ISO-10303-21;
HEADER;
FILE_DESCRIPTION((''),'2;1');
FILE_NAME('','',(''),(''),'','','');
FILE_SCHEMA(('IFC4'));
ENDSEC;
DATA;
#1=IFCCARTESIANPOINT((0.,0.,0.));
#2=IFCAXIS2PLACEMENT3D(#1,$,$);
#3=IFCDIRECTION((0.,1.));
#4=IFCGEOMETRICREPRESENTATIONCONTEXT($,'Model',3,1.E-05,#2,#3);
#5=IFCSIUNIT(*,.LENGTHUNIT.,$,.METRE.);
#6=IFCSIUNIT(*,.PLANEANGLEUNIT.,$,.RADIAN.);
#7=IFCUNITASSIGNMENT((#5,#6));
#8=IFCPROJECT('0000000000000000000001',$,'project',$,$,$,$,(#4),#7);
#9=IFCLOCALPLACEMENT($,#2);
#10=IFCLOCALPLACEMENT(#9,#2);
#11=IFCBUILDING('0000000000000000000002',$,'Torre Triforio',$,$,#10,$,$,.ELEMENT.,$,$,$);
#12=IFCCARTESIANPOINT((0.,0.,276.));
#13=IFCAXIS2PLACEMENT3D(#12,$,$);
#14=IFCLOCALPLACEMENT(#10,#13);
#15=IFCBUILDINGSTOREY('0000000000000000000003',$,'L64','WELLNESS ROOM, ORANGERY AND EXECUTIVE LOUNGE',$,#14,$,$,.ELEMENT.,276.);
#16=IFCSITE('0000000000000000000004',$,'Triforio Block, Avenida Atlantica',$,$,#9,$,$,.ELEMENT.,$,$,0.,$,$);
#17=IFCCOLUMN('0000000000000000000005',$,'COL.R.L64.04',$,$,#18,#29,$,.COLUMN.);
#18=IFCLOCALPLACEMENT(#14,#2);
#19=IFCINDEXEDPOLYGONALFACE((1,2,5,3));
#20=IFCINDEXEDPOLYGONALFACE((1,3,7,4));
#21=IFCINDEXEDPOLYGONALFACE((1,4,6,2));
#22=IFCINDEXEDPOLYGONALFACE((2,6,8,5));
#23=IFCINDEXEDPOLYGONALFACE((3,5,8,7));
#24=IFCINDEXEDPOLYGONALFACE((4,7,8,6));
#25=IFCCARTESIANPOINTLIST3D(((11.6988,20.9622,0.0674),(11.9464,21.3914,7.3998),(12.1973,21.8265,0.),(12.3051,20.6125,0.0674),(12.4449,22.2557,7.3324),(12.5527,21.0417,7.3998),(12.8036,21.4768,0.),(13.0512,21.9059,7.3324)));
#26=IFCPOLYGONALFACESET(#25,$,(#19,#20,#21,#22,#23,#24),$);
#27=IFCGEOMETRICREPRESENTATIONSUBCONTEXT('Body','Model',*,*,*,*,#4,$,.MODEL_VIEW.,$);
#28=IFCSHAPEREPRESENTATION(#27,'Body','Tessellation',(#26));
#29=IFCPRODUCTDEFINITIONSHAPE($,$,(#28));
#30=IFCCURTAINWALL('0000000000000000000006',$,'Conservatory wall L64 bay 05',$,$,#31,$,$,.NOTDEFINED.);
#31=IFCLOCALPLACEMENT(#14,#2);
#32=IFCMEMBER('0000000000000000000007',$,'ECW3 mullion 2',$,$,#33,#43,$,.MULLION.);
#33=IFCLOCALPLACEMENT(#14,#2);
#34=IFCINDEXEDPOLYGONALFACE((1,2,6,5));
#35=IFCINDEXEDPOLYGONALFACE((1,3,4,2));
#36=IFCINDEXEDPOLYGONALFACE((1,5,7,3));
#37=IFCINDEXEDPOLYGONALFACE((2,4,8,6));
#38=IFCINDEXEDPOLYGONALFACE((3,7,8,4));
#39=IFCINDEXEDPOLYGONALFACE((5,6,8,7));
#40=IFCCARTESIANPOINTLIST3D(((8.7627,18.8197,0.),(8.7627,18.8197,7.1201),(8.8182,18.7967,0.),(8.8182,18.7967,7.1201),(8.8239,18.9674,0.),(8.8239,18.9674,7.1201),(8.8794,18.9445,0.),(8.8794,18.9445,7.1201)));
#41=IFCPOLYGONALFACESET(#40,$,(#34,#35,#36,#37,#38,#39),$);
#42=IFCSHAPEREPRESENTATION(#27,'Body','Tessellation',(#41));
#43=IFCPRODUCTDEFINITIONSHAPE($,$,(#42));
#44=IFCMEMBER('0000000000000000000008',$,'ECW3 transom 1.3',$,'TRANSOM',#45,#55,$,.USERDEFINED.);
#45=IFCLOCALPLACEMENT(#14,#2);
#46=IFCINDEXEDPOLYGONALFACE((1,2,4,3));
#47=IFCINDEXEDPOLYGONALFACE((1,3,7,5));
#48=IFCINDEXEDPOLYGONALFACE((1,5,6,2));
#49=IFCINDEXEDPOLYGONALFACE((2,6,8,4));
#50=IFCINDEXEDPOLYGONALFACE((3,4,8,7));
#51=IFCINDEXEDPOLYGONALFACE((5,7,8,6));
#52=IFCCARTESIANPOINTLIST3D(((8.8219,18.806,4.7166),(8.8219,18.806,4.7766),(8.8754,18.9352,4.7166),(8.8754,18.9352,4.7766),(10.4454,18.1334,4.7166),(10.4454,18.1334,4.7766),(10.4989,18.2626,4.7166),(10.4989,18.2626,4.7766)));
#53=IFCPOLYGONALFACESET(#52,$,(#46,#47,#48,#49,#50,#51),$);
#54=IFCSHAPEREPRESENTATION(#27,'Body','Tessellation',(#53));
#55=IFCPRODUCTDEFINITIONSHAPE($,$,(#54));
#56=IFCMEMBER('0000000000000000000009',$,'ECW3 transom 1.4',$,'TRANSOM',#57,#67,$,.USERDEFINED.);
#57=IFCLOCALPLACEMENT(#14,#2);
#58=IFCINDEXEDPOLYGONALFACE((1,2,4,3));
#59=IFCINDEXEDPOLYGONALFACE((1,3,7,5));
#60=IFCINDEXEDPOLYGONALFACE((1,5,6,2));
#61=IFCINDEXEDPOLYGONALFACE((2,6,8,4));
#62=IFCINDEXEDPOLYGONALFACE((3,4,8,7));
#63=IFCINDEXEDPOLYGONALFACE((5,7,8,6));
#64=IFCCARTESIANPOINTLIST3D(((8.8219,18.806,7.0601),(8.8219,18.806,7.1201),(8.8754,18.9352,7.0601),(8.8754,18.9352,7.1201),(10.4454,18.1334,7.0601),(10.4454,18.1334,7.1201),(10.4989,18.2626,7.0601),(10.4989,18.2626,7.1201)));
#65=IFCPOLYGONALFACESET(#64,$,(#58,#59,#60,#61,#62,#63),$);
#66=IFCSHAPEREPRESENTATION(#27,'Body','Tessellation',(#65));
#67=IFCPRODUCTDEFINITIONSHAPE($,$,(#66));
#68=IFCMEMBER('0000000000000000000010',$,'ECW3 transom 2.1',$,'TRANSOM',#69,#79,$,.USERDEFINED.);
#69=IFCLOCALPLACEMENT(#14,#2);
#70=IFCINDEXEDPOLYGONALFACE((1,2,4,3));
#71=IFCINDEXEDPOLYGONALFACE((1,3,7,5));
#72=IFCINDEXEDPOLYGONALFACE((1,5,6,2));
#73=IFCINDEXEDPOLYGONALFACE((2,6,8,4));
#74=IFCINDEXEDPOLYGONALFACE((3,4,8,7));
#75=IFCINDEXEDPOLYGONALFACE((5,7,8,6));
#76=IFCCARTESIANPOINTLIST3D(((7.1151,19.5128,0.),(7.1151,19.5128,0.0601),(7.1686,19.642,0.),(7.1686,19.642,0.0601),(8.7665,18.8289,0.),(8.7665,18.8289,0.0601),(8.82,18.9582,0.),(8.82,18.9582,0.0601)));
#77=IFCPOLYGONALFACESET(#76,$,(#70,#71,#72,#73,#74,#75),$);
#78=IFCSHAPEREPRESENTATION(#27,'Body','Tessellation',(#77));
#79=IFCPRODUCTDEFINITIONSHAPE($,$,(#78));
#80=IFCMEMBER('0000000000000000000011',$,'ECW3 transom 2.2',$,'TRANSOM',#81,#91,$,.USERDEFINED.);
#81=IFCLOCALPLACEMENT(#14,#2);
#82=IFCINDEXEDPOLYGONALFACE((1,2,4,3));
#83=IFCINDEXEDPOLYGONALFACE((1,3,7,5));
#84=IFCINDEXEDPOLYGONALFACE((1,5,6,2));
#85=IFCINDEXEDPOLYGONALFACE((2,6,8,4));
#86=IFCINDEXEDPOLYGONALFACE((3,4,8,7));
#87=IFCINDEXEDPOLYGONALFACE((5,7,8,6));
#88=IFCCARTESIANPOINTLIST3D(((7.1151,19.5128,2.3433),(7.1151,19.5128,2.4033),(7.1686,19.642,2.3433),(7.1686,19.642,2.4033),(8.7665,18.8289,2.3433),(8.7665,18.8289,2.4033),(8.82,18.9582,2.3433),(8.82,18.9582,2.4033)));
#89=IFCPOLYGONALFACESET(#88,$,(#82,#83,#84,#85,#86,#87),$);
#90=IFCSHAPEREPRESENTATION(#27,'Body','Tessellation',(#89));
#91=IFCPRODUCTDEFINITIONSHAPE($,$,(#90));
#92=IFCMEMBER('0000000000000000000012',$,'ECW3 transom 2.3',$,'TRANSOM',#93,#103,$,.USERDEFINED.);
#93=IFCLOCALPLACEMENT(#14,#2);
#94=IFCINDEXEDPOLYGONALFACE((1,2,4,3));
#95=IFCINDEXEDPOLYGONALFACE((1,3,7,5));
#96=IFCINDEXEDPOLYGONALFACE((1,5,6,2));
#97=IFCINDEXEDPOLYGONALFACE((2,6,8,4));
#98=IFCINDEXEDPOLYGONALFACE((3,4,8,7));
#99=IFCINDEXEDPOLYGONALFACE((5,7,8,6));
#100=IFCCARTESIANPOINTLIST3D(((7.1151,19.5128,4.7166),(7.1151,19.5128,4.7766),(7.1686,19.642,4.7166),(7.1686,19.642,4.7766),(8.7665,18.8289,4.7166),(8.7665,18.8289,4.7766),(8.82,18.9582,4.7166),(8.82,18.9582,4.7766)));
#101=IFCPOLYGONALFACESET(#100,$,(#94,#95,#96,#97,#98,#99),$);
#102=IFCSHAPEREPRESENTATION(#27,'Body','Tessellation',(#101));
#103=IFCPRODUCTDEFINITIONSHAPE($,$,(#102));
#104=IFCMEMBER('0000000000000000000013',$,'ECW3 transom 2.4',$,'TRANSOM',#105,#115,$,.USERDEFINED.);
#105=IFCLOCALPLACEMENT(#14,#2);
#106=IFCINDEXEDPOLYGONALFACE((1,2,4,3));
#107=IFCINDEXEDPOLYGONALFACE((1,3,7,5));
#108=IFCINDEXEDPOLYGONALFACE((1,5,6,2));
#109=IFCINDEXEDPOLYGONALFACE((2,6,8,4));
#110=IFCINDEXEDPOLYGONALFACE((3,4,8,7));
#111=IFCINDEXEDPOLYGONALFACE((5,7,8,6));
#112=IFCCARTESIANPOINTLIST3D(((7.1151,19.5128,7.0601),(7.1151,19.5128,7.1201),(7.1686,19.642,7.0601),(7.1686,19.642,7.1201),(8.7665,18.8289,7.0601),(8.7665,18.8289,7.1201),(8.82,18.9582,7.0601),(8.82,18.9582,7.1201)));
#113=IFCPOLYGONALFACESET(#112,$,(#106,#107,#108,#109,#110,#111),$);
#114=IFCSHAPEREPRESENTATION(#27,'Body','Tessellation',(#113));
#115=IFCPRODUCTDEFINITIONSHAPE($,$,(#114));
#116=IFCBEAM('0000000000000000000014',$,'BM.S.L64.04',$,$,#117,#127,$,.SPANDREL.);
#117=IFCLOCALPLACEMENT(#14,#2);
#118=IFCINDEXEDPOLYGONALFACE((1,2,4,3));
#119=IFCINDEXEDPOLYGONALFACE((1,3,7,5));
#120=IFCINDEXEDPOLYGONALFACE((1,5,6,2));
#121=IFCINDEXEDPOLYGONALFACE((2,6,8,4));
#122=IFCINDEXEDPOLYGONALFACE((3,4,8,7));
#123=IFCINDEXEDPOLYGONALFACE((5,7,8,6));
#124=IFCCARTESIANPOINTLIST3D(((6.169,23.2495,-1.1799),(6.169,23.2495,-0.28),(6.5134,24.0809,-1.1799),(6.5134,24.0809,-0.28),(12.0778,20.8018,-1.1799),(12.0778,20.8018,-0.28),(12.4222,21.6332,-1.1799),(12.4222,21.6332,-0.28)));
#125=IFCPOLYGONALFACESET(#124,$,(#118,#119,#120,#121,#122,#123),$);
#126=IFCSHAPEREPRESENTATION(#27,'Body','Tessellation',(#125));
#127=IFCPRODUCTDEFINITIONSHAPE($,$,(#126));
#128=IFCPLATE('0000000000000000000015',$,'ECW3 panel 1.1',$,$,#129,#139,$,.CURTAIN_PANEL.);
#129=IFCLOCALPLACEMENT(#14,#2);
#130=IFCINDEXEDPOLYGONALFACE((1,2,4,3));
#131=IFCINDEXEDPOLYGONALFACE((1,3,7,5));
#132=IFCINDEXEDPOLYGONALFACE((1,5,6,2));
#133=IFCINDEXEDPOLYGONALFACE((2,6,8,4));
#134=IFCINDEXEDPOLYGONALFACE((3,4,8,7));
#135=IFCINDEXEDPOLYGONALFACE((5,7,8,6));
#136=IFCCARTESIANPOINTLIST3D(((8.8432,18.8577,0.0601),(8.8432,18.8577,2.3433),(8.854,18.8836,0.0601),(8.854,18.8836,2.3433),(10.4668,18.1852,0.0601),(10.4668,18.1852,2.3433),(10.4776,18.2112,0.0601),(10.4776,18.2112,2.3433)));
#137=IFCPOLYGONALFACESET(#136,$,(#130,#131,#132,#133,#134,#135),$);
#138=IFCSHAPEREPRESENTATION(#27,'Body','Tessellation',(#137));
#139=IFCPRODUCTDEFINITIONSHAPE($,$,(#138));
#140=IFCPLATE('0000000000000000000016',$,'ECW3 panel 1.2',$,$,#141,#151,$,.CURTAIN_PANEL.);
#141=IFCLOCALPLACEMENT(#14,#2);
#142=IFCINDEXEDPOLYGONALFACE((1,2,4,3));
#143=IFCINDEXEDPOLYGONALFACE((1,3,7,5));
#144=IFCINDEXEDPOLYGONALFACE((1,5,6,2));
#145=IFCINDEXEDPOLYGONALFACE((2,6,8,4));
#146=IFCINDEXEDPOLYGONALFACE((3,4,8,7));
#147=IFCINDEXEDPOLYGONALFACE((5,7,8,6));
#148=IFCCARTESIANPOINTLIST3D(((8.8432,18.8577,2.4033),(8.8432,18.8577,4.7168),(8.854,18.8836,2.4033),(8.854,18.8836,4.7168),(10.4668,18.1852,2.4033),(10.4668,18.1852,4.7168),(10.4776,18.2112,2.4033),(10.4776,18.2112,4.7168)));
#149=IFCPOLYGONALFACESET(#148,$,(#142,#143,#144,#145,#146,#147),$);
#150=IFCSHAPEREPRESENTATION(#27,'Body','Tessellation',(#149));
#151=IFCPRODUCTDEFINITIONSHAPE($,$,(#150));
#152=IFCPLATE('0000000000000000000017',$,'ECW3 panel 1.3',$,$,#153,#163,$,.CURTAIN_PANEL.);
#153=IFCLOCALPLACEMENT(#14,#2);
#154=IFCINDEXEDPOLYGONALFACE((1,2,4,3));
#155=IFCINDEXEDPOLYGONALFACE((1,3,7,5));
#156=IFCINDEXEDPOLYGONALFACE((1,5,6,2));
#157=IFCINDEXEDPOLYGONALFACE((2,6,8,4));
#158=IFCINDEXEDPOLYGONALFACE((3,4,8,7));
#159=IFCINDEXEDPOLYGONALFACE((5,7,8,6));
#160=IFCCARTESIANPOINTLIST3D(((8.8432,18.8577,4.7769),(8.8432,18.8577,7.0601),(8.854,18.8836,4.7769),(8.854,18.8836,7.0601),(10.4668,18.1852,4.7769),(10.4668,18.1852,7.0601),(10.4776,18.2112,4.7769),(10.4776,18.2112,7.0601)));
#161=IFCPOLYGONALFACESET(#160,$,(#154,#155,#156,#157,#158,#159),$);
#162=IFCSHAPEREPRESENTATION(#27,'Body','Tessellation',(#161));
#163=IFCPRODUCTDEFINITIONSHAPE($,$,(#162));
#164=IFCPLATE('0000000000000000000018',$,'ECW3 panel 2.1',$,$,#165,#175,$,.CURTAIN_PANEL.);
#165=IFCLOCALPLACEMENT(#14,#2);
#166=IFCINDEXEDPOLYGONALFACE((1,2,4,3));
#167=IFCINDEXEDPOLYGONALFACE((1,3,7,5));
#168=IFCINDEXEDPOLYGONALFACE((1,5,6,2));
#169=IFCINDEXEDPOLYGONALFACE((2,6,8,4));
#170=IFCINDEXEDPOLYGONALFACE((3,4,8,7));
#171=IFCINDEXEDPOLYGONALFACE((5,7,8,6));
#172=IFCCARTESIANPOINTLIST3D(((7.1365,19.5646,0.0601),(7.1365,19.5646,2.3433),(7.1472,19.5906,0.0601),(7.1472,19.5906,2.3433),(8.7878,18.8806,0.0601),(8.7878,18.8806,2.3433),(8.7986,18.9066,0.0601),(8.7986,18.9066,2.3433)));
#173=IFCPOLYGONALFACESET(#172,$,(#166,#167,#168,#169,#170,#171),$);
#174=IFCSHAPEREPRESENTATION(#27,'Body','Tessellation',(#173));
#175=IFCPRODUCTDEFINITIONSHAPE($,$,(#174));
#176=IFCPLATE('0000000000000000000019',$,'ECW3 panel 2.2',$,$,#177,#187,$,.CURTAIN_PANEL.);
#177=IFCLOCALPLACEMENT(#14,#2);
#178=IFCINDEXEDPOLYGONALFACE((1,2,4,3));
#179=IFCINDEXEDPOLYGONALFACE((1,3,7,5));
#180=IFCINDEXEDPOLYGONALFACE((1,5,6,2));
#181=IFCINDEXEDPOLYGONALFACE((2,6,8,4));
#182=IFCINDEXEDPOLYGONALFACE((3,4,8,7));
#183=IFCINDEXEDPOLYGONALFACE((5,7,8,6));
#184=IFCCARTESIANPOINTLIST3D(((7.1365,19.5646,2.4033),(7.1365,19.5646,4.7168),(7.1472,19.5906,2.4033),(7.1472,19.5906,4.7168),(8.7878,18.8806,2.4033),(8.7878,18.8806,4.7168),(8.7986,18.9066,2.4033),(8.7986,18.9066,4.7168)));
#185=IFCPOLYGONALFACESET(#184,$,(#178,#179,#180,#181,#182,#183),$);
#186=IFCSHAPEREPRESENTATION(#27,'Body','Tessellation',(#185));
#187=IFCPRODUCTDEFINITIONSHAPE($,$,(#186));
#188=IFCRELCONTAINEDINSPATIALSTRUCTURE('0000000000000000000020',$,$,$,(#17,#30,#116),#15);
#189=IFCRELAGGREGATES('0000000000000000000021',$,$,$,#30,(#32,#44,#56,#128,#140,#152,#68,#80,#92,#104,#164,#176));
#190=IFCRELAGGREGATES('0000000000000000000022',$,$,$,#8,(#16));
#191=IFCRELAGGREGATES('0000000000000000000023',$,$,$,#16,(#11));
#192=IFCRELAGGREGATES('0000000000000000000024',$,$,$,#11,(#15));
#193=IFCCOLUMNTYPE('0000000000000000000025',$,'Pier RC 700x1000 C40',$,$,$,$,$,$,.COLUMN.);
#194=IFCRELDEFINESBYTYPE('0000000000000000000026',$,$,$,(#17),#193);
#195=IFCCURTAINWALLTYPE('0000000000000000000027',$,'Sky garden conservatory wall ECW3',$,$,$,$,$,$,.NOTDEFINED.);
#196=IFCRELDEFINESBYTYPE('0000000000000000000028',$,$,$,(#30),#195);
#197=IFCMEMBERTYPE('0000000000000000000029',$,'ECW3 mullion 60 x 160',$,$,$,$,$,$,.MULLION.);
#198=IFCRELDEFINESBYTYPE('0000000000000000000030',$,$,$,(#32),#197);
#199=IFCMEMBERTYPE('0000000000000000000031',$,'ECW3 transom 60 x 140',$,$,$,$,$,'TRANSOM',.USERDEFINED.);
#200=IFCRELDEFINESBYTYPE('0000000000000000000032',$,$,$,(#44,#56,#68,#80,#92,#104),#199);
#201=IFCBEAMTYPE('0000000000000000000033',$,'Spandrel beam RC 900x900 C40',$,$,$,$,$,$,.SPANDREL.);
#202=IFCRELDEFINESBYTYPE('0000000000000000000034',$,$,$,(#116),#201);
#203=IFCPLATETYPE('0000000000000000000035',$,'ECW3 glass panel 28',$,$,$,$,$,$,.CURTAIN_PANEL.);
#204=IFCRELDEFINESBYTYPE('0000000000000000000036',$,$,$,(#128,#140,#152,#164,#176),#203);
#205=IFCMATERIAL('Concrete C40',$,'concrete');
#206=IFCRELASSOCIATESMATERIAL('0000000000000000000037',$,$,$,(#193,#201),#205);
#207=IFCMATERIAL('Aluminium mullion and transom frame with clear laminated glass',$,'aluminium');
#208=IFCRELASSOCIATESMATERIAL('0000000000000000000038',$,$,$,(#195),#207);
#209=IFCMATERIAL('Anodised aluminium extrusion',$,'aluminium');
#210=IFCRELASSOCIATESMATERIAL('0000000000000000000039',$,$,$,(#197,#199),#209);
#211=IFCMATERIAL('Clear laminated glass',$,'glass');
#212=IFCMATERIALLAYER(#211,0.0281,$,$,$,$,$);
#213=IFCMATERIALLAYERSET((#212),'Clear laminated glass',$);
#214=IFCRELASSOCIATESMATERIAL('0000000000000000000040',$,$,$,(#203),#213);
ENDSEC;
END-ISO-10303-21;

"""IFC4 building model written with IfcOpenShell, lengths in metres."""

from ifc_helpers import new_model, si_unit, direction, frame, origin, origin_2d, place, context, subcontext, project, spatial, rectangle, extrude, material, layer, layer_set, material_profile, profile_set, type_object, element, aggregate, save


model = new_model("IFC4")

# Units and contexts
model_context = context("Model", 3, precision=1e-05, world=origin(), true_north=direction((0.0, 1.0)))
body_context = subcontext(model_context, "Body", "Model", "MODEL_VIEW")
ifc_project = project(units=[si_unit("LENGTHUNIT", "METRE"), si_unit("PLANEANGLEUNIT", "RADIAN")], contexts=[model_context])

# Site, building, storey
site_placement = place(None, origin())
site = spatial("IfcSite", under=ifc_project, at=site_placement, Name="Triforio Block, Avenida Atlantica", CompositionType="ELEMENT", RefElevation=0.0)
building_placement = place(site_placement, origin())
building = spatial("IfcBuilding", under=site, at=building_placement, Name="Torre Triforio", CompositionType="ELEMENT")
storey_placement = place(building_placement, frame((0.0, 0.0, 276.0)))
storey = spatial("IfcBuildingStorey", under=building, at=storey_placement, Name="L64", Description="WELLNESS ROOM, ORANGERY AND EXECUTIVE LOUNGE", CompositionType="ELEMENT", Elevation=276.0)

# Column
ifc_material_1 = material(Name="Concrete C40", Category="concrete")
ifc_material_profile_1 = material_profile(ifc_material_1, rectangle(XDim=0.7, YDim=1.0, at=origin_2d()), Name="RC 700x1000")
ifc_profile_set_1 = profile_set([ifc_material_profile_1], Name="Concrete C40")
column_type = type_object("IfcColumnType", Name="Pier RC 700x1000 C40", PredefinedType="COLUMN", material=ifc_profile_set_1)
column_placement = place(storey_placement, frame((12.2512, 21.2195, 0.0337), z_axis=(0.033685, 0.0584, 0.997725), x_axis=(-0.866235, 0.499637, 0.0)))
element("IfcColumn", 1, at=column_placement, inside=storey, type_object=column_type, Name="COL.R.L64.04", PredefinedType="COLUMN", context=body_context, shape_type="SweptSolid", body=[
    extrude(rectangle(XDim=0.7, YDim=1.0, at=origin_2d()), origin(), (0.0, 0.0, 1.0), 7.3491),
])

# Curtain wall, members
ifc_material_2 = material(Name="Aluminium mullion and transom frame with clear laminated glass", Category="aluminium")
curtain_wall_type = type_object("IfcCurtainWallType", Name="Sky garden conservatory wall ECW3", PredefinedType="NOTDEFINED", material=ifc_material_2)
curtain_wall_placement = place(storey_placement, origin())
curtain_wall = element("IfcCurtainWall", 2, at=curtain_wall_placement, inside=storey, type_object=curtain_wall_type, Name="Conservatory wall L64 bay 05", PredefinedType="NOTDEFINED")
ifc_material_3 = material(Name="Anodised aluminium extrusion", Category="aluminium")
ifc_material_profile_2 = material_profile(ifc_material_3, rectangle(XDim=0.1599, YDim=0.0601, at=origin_2d()), Name="ECW3 MULLION 60x160")
ifc_profile_set_2 = profile_set([ifc_material_profile_2], Name="Anodised aluminium extrusion")
member_type_1 = type_object("IfcMemberType", Name="ECW3 mullion 60 x 160", PredefinedType="MULLION", material=ifc_profile_set_2)
member_1_placement = place(storey_placement, frame((8.821, 18.8821, 0.0), z_axis=(0.0, 0.0, 1.0), x_axis=(-0.382675, -0.923883, 0.0)))
member_1 = element("IfcMember", 3, at=member_1_placement, type_object=member_type_1, Name="ECW3 mullion 2", PredefinedType="MULLION", context=body_context, shape_type="SweptSolid", body=[
    extrude(rectangle(XDim=0.1599, YDim=0.0601, at=origin_2d()), origin(), (0.0, 0.0, 1.0), 7.1201),
])
ifc_material_profile_3 = material_profile(ifc_material_3, rectangle(XDim=0.1399, YDim=0.0601, at=origin_2d()), Name="ECW3 TRANSOM 60x140")
ifc_profile_set_3 = profile_set([ifc_material_profile_3], Name="Anodised aluminium extrusion")
member_type_2 = type_object("IfcMemberType", Name="ECW3 transom 60 x 140", ElementType="TRANSOM", PredefinedType="USERDEFINED", material=ifc_profile_set_3)
member_2_placement = place(storey_placement, frame((10.4722, 18.198, 4.7466), z_axis=(-0.923856, 0.38274, 0.0), x_axis=(-0.38274, -0.923856, 0.0)))
member_2 = element("IfcMember", 4, at=member_2_placement, type_object=member_type_2, Name="ECW3 transom 1.3", ObjectType="TRANSOM", PredefinedType="USERDEFINED", context=body_context, shape_type="SweptSolid", body=[
    extrude(rectangle(XDim=0.1399, YDim=0.0601, at=origin_2d()), origin(), (0.0, 0.0, 1.0), 1.7573),
])
member_3_placement = place(storey_placement, frame((10.4722, 18.198, 7.0901), z_axis=(-0.923856, 0.38274, 0.0), x_axis=(-0.38274, -0.923856, 0.0)))
member_3 = element("IfcMember", 5, at=member_3_placement, type_object=member_type_2, Name="ECW3 transom 1.4", ObjectType="TRANSOM", PredefinedType="USERDEFINED", context=body_context, shape_type="SweptSolid", body=[
    extrude(rectangle(XDim=0.1399, YDim=0.0601, at=origin_2d()), origin(), (0.0, 0.0, 1.0), 1.7573),
])
member_4_placement = place(storey_placement, frame((8.7932, 18.8936, 0.03), z_axis=(-0.923915, 0.382597, 0.0), x_axis=(-0.382597, -0.923915, 0.0)))
member_4 = element("IfcMember", 6, at=member_4_placement, type_object=member_type_2, Name="ECW3 transom 2.1", ObjectType="TRANSOM", PredefinedType="USERDEFINED", context=body_context, shape_type="SweptSolid", body=[
    extrude(rectangle(XDim=0.1399, YDim=0.0601, at=origin_2d()), origin(), (0.0, 0.0, 1.0), 1.7874),
])
member_5_placement = place(storey_placement, frame((8.7932, 18.8936, 2.3733), z_axis=(-0.923915, 0.382597, 0.0), x_axis=(-0.382597, -0.923915, 0.0)))
member_5 = element("IfcMember", 7, at=member_5_placement, type_object=member_type_2, Name="ECW3 transom 2.2", ObjectType="TRANSOM", PredefinedType="USERDEFINED", context=body_context, shape_type="SweptSolid", body=[
    extrude(rectangle(XDim=0.1399, YDim=0.0601, at=origin_2d()), origin(), (0.0, 0.0, 1.0), 1.7874),
])
member_6_placement = place(storey_placement, frame((8.7932, 18.8936, 4.7466), z_axis=(-0.923915, 0.382597, 0.0), x_axis=(-0.382597, -0.923915, 0.0)))
member_6 = element("IfcMember", 8, at=member_6_placement, type_object=member_type_2, Name="ECW3 transom 2.3", ObjectType="TRANSOM", PredefinedType="USERDEFINED", context=body_context, shape_type="SweptSolid", body=[
    extrude(rectangle(XDim=0.1399, YDim=0.0601, at=origin_2d()), origin(), (0.0, 0.0, 1.0), 1.7874),
])
member_7_placement = place(storey_placement, frame((8.7932, 18.8936, 7.0901), z_axis=(-0.923915, 0.382597, 0.0), x_axis=(-0.382597, -0.923915, 0.0)))
member_7 = element("IfcMember", 9, at=member_7_placement, type_object=member_type_2, Name="ECW3 transom 2.4", ObjectType="TRANSOM", PredefinedType="USERDEFINED", context=body_context, shape_type="SweptSolid", body=[
    extrude(rectangle(XDim=0.1399, YDim=0.0601, at=origin_2d()), origin(), (0.0, 0.0, 1.0), 1.7874),
])

# Beam
ifc_material_profile_4 = material_profile(ifc_material_1, rectangle(XDim=0.8999, YDim=0.8999, at=origin_2d()), Name="RC 900x900")
ifc_profile_set_4 = profile_set([ifc_material_profile_4], Name="Concrete C40")
beam_type = type_object("IfcBeamType", Name="Spandrel beam RC 900x900 C40", PredefinedType="SPANDREL", material=ifc_profile_set_4)
beam_placement = place(storey_placement, frame((12.25, 21.2175, -0.73), z_axis=(-0.923869, 0.382709, 0.0), x_axis=(-0.382709, -0.923869, 0.0)))
element("IfcBeam", 10, at=beam_placement, inside=storey, type_object=beam_type, Name="BM.S.L64.04", PredefinedType="SPANDREL", context=body_context, shape_type="SweptSolid", body=[
    extrude(rectangle(XDim=0.8999, YDim=0.8999, at=origin_2d()), origin(), (0.0, 0.0, 1.0), 6.3958),
])

# Plates
ifc_material_4 = material(Name="Clear laminated glass", Category="glass")
ifc_layer_1 = layer(ifc_material_4, 0.0281)
ifc_layer_set_1 = layer_set([ifc_layer_1], Name="Clear laminated glass")
plate_type = type_object("IfcPlateType", Name="ECW3 glass panel 28", PredefinedType="CURTAIN_PANEL", material=ifc_layer_set_1)
plate_1_placement = place(storey_placement, frame((9.6604, 18.5344, 0.0601), z_axis=(0.0, 0.0, 1.0), x_axis=(-0.923883, 0.382675, 0.0)))
plate_1 = element("IfcPlate", 11, at=plate_1_placement, type_object=plate_type, Name="ECW3 panel 1.1", PredefinedType="CURTAIN_PANEL", context=body_context, shape_type="SweptSolid", body=[
    extrude(rectangle(XDim=1.7573, YDim=0.0281, at=origin_2d()), origin(), (0.0, 0.0, 1.0), 2.2832),
])
plate_2_placement = place(storey_placement, frame((9.6604, 18.5344, 2.4033), z_axis=(0.0, 0.0, 1.0), x_axis=(-0.923883, 0.382675, 0.0)))
plate_2 = element("IfcPlate", 12, at=plate_2_placement, type_object=plate_type, Name="ECW3 panel 1.2", PredefinedType="CURTAIN_PANEL", context=body_context, shape_type="SweptSolid", body=[
    extrude(rectangle(XDim=1.7573, YDim=0.0281, at=origin_2d()), origin(), (0.0, 0.0, 1.0), 2.3135),
])
plate_3_placement = place(storey_placement, frame((9.6604, 18.5344, 4.7769), z_axis=(0.0, 0.0, 1.0), x_axis=(-0.923883, 0.382675, 0.0)))
plate_3 = element("IfcPlate", 13, at=plate_3_placement, type_object=plate_type, Name="ECW3 panel 1.3", PredefinedType="CURTAIN_PANEL", context=body_context, shape_type="SweptSolid", body=[
    extrude(rectangle(XDim=1.7573, YDim=0.0281, at=origin_2d()), origin(), (0.0, 0.0, 1.0), 2.2832),
])
plate_4_placement = place(storey_placement, frame((7.9675, 19.2356, 0.0601), z_axis=(0.0, 0.0, 1.0), x_axis=(-0.923883, 0.382675, 0.0)))
plate_4 = element("IfcPlate", 14, at=plate_4_placement, type_object=plate_type, Name="ECW3 panel 2.1", PredefinedType="CURTAIN_PANEL", context=body_context, shape_type="SweptSolid", body=[
    extrude(rectangle(XDim=1.7874, YDim=0.0281, at=origin_2d()), origin(), (0.0, 0.0, 1.0), 2.2832),
])
plate_5_placement = place(storey_placement, frame((7.9675, 19.2356, 2.4033), z_axis=(0.0, 0.0, 1.0), x_axis=(-0.923883, 0.382675, 0.0)))
plate_5 = element("IfcPlate", 15, at=plate_5_placement, type_object=plate_type, Name="ECW3 panel 2.2", PredefinedType="CURTAIN_PANEL", context=body_context, shape_type="SweptSolid", body=[
    extrude(rectangle(XDim=1.7874, YDim=0.0281, at=origin_2d()), origin(), (0.0, 0.0, 1.0), 2.3135),
])
aggregate(curtain_wall, [member_1, member_2, member_3, plate_1, plate_2, plate_3, member_4, member_5, member_6, member_7, plate_4, plate_5])

save(model, "model.ifc")
